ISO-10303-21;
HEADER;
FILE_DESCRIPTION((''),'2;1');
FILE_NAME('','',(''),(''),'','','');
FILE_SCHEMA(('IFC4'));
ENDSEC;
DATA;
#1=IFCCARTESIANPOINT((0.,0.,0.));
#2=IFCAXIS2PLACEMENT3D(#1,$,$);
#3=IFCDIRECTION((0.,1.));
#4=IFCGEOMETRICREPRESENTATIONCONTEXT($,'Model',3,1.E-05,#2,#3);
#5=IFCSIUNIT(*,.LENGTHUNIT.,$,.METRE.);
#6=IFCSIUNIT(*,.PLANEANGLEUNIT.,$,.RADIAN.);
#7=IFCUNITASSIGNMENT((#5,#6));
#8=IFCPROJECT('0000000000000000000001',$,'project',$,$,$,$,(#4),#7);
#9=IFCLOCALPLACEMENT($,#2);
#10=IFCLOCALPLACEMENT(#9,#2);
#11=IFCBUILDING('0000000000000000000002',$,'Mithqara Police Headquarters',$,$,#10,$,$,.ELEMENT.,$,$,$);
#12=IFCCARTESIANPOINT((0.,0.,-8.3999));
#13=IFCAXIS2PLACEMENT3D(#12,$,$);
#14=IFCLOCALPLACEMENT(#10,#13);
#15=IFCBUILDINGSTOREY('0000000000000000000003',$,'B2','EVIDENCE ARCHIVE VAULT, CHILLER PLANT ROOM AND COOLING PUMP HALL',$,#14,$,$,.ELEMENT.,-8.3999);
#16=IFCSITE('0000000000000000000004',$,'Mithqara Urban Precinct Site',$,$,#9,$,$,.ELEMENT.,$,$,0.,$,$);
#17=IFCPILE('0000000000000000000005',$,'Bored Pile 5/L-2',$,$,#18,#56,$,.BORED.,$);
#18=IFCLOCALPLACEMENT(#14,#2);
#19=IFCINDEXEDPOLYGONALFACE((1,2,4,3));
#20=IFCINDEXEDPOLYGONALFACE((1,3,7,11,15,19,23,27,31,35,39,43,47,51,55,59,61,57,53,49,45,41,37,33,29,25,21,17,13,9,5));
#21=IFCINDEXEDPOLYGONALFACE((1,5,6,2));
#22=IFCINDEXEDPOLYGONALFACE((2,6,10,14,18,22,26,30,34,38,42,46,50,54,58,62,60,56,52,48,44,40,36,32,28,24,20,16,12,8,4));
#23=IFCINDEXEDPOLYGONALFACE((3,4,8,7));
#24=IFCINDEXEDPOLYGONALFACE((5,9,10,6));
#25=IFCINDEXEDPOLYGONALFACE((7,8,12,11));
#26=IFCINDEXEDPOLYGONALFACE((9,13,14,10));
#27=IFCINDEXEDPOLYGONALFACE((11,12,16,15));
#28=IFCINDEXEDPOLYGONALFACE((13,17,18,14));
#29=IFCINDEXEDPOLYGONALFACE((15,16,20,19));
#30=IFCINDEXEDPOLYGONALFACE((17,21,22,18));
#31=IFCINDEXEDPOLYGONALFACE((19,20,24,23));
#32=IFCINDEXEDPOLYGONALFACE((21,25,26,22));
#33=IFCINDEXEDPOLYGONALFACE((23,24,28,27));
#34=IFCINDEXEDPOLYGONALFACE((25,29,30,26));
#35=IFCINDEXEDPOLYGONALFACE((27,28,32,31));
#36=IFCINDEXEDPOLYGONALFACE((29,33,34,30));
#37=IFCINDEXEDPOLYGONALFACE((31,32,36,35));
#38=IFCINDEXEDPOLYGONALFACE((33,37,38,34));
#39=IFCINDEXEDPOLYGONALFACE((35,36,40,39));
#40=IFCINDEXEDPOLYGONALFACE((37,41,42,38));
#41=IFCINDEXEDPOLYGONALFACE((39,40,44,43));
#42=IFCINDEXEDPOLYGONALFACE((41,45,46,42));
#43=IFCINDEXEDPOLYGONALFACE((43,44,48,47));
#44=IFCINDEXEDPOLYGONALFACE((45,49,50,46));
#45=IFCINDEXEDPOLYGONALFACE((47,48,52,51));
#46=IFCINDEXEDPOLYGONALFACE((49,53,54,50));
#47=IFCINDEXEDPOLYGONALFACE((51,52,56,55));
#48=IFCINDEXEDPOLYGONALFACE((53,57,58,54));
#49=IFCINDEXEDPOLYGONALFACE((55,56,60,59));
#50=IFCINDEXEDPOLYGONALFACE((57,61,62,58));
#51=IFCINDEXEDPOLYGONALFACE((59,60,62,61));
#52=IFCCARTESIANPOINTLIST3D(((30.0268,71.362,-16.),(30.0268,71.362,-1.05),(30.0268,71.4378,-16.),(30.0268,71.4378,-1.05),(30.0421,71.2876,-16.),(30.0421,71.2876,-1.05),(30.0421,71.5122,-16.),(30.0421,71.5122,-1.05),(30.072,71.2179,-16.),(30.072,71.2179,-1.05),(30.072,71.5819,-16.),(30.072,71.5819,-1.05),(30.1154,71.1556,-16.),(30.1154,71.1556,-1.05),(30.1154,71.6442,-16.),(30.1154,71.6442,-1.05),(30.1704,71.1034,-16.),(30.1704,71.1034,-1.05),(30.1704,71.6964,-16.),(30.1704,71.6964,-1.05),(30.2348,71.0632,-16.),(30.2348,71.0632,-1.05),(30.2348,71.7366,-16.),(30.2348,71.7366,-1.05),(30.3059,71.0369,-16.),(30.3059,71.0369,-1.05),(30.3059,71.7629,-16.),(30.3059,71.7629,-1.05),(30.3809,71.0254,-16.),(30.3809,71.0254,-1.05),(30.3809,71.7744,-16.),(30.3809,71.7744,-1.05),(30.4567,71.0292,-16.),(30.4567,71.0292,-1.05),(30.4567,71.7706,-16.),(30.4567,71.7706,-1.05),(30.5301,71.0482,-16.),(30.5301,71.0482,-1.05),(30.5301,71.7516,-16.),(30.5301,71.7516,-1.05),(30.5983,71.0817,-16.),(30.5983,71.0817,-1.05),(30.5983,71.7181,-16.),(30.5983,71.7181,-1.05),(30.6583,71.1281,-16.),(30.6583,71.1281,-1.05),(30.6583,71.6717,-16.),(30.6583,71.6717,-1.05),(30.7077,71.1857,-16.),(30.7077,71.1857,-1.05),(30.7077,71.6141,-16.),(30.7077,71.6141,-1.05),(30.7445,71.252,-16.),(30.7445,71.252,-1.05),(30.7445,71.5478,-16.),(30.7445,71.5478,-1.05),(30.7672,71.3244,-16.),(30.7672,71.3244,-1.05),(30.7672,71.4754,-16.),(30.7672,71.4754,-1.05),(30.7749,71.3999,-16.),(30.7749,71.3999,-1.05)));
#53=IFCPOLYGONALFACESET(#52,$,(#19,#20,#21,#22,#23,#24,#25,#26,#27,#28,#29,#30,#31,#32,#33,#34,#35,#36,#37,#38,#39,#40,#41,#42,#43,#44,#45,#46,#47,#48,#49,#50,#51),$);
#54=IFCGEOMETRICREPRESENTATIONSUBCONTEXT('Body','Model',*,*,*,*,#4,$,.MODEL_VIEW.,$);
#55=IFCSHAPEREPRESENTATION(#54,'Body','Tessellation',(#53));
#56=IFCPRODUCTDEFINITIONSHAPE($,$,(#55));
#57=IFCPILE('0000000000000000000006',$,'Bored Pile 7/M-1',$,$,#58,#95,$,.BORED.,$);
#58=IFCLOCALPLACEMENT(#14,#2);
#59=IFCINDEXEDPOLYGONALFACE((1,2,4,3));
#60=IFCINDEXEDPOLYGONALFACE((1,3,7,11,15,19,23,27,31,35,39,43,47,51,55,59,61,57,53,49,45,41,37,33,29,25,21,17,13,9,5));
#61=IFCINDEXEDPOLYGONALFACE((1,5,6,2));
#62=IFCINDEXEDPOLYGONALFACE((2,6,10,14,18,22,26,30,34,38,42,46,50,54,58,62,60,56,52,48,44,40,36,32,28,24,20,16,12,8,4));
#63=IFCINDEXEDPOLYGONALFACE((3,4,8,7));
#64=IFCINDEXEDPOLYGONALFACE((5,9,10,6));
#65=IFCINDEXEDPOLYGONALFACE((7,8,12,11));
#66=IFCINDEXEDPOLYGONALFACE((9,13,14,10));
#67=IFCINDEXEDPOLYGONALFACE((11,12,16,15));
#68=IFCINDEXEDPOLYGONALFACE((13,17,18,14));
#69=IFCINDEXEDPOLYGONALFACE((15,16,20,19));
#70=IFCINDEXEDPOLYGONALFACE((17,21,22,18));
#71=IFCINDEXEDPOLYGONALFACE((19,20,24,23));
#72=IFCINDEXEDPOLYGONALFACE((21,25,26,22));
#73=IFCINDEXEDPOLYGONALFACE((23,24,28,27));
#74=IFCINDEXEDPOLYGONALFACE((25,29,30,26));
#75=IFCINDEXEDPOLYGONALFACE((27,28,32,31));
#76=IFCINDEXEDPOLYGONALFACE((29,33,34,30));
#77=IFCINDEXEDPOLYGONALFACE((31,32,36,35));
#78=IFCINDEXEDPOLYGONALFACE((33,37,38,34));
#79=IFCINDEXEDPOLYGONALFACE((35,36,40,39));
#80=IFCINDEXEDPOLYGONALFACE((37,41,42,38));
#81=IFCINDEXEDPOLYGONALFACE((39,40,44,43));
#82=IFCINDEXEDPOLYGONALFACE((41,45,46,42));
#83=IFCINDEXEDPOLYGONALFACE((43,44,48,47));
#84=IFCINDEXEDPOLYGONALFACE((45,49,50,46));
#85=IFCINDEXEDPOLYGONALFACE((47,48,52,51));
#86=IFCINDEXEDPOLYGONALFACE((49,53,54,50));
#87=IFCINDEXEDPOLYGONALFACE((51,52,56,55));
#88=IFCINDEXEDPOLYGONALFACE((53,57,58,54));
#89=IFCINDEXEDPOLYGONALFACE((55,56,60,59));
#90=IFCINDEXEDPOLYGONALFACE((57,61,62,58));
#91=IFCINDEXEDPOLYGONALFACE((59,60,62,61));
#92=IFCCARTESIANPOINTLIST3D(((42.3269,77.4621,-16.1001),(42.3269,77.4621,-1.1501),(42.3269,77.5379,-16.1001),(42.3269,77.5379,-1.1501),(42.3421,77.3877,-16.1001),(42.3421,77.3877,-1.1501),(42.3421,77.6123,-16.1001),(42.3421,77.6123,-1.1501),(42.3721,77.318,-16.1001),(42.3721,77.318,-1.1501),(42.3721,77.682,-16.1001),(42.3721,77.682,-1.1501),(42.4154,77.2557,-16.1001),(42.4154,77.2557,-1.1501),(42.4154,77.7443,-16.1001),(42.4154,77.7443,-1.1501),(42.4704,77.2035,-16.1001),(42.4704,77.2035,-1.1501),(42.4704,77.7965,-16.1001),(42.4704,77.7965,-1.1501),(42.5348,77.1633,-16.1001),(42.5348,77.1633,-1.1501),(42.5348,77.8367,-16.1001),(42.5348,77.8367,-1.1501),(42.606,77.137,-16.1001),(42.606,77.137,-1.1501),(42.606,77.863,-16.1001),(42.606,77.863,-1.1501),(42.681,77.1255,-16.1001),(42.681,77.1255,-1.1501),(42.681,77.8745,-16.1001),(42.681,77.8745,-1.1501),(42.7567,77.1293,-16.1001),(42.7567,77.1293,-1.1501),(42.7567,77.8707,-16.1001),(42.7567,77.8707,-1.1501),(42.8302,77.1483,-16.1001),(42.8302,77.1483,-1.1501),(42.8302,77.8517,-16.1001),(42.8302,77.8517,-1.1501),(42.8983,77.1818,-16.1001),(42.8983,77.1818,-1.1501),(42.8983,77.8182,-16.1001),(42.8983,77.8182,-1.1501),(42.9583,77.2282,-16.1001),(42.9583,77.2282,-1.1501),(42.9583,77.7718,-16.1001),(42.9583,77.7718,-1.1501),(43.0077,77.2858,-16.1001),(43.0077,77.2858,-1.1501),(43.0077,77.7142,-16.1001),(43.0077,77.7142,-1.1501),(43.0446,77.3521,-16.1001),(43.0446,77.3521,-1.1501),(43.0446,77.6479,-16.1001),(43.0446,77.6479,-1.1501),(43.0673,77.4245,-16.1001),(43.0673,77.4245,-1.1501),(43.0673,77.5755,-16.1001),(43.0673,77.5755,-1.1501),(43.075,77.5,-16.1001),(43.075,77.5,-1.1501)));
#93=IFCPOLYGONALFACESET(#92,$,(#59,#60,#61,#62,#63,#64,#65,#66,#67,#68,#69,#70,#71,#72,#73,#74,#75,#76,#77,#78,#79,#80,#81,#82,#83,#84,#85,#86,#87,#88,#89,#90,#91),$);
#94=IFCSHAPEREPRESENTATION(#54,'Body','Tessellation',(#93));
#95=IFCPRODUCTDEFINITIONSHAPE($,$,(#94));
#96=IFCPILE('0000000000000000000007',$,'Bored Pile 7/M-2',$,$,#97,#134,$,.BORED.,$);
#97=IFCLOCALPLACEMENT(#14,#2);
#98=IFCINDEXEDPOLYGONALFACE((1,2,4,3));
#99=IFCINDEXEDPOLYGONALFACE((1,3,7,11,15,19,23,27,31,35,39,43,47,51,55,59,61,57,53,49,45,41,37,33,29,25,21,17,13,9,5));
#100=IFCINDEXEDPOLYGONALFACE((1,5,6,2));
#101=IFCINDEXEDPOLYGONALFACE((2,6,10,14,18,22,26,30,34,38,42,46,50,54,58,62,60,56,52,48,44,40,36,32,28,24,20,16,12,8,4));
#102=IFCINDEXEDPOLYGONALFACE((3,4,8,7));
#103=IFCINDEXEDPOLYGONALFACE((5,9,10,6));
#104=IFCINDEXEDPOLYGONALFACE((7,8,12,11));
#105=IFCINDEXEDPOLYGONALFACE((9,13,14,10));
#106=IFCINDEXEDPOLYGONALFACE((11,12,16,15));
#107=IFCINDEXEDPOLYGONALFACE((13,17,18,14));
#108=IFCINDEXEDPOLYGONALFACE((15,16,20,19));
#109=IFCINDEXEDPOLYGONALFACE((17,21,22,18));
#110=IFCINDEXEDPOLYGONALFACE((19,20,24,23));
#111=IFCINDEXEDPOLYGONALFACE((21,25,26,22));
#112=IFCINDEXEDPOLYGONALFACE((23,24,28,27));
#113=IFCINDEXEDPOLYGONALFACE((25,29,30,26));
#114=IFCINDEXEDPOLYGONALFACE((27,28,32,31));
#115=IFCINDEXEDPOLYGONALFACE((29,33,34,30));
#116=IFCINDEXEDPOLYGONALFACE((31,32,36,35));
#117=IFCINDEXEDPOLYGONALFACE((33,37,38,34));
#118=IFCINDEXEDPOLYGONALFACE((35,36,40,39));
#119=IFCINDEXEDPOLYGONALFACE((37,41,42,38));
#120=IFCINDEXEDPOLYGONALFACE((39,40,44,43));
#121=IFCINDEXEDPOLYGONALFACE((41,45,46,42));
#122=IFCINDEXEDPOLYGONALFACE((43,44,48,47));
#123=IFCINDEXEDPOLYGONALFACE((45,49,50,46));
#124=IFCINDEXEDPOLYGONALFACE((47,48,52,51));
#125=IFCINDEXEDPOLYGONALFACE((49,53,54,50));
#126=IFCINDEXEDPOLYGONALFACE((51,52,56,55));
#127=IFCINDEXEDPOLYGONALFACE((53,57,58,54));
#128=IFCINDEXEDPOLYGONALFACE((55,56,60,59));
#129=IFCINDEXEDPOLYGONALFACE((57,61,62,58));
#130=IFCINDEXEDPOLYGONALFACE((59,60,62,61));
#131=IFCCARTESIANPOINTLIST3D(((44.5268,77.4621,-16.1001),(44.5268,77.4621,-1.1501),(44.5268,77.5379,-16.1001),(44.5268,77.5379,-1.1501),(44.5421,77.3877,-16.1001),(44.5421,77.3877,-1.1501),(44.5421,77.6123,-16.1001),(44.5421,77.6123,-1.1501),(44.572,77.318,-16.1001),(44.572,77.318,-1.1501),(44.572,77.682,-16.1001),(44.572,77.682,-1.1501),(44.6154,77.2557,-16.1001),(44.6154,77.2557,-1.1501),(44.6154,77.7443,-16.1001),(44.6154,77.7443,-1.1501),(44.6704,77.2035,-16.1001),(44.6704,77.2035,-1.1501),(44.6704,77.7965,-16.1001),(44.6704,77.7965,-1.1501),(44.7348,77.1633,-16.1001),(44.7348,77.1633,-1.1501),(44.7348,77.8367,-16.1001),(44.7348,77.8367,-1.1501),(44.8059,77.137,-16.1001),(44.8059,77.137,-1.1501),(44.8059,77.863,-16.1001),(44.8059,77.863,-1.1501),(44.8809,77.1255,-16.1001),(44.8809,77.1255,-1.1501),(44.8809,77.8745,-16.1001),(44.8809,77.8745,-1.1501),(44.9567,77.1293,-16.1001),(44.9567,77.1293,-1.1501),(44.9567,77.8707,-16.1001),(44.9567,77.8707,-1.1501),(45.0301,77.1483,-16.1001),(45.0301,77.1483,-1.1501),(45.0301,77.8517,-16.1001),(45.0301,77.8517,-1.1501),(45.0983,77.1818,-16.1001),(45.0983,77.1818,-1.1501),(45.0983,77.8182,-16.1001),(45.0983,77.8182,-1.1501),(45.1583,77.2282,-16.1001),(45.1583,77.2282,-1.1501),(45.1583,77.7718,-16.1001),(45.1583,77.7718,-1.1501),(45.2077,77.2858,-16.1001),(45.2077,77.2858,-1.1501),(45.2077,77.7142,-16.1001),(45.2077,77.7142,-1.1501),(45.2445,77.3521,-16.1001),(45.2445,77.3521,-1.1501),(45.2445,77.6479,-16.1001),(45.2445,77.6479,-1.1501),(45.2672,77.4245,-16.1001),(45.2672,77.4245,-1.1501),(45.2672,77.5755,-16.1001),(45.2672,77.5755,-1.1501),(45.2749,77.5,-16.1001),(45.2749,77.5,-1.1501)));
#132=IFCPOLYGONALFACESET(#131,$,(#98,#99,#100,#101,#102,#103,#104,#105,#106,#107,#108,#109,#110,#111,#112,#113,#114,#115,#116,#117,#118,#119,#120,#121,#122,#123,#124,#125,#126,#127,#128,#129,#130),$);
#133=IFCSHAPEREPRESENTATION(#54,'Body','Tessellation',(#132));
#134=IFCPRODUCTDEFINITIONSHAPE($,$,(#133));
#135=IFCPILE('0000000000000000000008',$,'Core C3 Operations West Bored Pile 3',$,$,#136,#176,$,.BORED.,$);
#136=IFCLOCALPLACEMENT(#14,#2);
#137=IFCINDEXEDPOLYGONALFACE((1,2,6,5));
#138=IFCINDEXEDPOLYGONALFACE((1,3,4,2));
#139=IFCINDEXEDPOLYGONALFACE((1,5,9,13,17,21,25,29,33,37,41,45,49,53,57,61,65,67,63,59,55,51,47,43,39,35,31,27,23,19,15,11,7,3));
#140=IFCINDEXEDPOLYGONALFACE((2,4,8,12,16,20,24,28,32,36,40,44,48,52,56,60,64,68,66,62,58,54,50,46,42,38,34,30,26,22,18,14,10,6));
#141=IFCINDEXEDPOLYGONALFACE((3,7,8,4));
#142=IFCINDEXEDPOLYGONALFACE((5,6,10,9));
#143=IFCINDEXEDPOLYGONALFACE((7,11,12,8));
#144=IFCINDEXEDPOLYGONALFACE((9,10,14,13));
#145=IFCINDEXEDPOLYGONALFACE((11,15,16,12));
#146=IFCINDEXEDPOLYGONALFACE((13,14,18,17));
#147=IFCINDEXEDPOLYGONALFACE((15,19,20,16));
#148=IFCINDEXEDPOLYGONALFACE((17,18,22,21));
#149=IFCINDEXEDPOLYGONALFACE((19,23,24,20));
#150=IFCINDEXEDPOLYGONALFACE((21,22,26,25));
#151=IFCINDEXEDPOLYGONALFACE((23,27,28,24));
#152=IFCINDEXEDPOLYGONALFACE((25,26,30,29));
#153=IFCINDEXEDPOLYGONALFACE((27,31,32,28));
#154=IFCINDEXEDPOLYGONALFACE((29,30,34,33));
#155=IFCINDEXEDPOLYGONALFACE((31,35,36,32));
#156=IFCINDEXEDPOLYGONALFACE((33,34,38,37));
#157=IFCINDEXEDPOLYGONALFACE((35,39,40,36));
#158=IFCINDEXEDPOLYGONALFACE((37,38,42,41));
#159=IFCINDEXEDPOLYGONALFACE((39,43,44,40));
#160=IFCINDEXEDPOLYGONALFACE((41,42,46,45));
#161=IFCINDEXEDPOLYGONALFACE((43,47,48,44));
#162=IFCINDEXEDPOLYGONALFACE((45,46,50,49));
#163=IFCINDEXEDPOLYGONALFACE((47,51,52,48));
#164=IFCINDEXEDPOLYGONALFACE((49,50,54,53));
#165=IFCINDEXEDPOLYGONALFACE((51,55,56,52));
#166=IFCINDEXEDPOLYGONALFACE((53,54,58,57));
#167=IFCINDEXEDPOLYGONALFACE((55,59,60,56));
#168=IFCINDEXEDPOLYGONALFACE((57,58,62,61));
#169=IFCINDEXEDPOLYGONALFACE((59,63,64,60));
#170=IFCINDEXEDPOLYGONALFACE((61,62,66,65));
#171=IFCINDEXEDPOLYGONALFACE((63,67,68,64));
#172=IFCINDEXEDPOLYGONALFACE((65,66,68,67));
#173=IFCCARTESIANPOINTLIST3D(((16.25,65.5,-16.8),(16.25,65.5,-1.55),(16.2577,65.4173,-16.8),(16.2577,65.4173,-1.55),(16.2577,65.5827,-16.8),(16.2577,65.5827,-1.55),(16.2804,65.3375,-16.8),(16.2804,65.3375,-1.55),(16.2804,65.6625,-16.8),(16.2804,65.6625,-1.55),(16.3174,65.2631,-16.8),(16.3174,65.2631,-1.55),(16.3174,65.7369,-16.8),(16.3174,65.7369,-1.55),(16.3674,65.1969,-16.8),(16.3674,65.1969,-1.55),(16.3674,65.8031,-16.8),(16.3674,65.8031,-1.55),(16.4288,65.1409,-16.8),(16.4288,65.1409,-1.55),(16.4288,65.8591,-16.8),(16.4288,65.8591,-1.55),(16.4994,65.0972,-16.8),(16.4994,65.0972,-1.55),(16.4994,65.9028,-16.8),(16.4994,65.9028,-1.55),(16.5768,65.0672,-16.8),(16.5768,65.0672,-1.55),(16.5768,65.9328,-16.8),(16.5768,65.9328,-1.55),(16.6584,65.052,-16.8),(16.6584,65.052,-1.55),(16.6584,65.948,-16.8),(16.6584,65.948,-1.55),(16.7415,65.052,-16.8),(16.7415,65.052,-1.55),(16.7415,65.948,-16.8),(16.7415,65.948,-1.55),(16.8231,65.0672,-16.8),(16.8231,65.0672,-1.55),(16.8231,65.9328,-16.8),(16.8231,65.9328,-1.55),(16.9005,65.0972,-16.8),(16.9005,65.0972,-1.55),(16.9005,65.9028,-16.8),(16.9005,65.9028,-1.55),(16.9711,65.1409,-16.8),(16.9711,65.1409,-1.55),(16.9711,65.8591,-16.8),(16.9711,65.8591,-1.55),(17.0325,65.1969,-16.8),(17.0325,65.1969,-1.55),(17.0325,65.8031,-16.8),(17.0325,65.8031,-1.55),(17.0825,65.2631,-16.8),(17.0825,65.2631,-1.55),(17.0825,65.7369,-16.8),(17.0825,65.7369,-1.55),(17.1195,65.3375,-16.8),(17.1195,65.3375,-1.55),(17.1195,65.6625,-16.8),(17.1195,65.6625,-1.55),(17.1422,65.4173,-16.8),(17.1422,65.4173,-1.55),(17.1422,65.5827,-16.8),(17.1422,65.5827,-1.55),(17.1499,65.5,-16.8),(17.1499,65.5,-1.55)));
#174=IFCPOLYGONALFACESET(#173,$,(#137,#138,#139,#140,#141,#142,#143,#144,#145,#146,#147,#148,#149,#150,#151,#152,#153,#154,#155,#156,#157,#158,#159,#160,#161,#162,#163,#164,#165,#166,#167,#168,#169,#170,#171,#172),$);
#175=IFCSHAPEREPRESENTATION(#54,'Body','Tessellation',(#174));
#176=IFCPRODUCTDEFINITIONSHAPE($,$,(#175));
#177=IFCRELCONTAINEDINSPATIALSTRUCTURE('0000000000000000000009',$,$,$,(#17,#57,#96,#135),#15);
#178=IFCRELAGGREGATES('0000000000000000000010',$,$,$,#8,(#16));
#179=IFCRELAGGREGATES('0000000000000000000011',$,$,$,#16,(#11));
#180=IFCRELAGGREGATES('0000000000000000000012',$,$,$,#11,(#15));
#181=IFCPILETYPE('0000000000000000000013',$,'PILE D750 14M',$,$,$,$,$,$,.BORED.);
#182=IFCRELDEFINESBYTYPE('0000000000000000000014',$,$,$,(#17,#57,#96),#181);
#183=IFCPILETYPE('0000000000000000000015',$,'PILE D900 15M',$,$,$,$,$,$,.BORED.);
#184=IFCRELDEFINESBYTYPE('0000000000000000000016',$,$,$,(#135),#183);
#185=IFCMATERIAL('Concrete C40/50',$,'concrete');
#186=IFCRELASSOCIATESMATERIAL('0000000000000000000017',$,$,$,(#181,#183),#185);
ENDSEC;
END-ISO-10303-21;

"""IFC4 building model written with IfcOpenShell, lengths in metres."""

from ifc_helpers import new_model, si_unit, direction, frame, origin, origin_2d, place, context, subcontext, project, spatial, circle, extrude, material, material_profile, profile_set, type_object, element, save


model = new_model("IFC4")

# Units and contexts
model_context = context("Model", 3, precision=1e-05, world=origin(), true_north=direction((0.0, 1.0)))
body_context = subcontext(model_context, "Body", "Model", "MODEL_VIEW")
ifc_project = project(units=[si_unit("LENGTHUNIT", "METRE"), si_unit("PLANEANGLEUNIT", "RADIAN")], contexts=[model_context])

# Site, building, storey
site_placement = place(None, origin())
site = spatial("IfcSite", under=ifc_project, at=site_placement, Name="Mithqara Urban Precinct Site", CompositionType="ELEMENT", RefElevation=0.0)
building_placement = place(site_placement, origin())
building = spatial("IfcBuilding", under=site, at=building_placement, Name="Mithqara Police Headquarters", CompositionType="ELEMENT")
storey_placement = place(building_placement, frame((0.0, 0.0, -8.3999)))
storey = spatial("IfcBuildingStorey", under=building, at=storey_placement, Name="B2", Description="EVIDENCE ARCHIVE VAULT, CHILLER PLANT ROOM AND COOLING PUMP HALL", CompositionType="ELEMENT", Elevation=-8.3999)

# Shared definitions
ifc_material_1 = material(Name="Concrete C40/50", Category="concrete")

# Piles
ifc_material_profile_1 = material_profile(ifc_material_1, circle(Radius=0.375, at=origin_2d()), Name="PILE D750")
ifc_profile_set_1 = profile_set([ifc_material_profile_1], Name="Concrete C40/50")
pile_type_1 = type_object("IfcPileType", Name="PILE D750 14M", PredefinedType="BORED", material=ifc_profile_set_1)
for number, where, z_axis, x_axis, name in (
    (1, (30.3999, 71.3999, -1.05), (0.0, 0.0, -1.0), (1.0, 0.0, 0.0), "Bored Pile 5/L-2"),
    (2, (42.7, 77.5, -1.1501), (0.0, 0.0, -1.0), (1.0, 0.0, 0.0), "Bored Pile 7/M-1"),
    (3, (44.8999, 77.5, -1.1501), (0.0, 0.0, -1.0), (1.0, 0.0, 0.0), "Bored Pile 7/M-2"),
):
    element("IfcPile", number, at=place(storey_placement, frame(where, z_axis=z_axis, x_axis=x_axis)), inside=storey, type_object=pile_type_1, Name=name, PredefinedType="BORED", context=body_context, shape_type="SweptSolid", body=[
        extrude(circle(Radius=0.375, at=origin_2d()), origin(), (0.0, 0.0, 1.0), 14.95),
    ])
ifc_material_profile_2 = material_profile(ifc_material_1, circle(Radius=0.45, at=origin_2d()), Name="PILE D900")
ifc_profile_set_2 = profile_set([ifc_material_profile_2], Name="Concrete C40/50")
pile_type_2 = type_object("IfcPileType", Name="PILE D900 15M", PredefinedType="BORED", material=ifc_profile_set_2)
for number, where, z_axis, x_axis, name in (
    (4, (16.7, 65.5, -1.55), (0.0, 0.0, -1.0), (1.0, 0.0, 0.0), "Core C3 Operations West Bored Pile 3"),
):
    element("IfcPile", number, at=place(storey_placement, frame(where, z_axis=z_axis, x_axis=x_axis)), inside=storey, type_object=pile_type_2, Name=name, PredefinedType="BORED", context=body_context, shape_type="SweptSolid", body=[
        extrude(circle(Radius=0.45, at=origin_2d()), origin(), (0.0, 0.0, 1.0), 15.25),
    ])

save(model, "model.ifc")
